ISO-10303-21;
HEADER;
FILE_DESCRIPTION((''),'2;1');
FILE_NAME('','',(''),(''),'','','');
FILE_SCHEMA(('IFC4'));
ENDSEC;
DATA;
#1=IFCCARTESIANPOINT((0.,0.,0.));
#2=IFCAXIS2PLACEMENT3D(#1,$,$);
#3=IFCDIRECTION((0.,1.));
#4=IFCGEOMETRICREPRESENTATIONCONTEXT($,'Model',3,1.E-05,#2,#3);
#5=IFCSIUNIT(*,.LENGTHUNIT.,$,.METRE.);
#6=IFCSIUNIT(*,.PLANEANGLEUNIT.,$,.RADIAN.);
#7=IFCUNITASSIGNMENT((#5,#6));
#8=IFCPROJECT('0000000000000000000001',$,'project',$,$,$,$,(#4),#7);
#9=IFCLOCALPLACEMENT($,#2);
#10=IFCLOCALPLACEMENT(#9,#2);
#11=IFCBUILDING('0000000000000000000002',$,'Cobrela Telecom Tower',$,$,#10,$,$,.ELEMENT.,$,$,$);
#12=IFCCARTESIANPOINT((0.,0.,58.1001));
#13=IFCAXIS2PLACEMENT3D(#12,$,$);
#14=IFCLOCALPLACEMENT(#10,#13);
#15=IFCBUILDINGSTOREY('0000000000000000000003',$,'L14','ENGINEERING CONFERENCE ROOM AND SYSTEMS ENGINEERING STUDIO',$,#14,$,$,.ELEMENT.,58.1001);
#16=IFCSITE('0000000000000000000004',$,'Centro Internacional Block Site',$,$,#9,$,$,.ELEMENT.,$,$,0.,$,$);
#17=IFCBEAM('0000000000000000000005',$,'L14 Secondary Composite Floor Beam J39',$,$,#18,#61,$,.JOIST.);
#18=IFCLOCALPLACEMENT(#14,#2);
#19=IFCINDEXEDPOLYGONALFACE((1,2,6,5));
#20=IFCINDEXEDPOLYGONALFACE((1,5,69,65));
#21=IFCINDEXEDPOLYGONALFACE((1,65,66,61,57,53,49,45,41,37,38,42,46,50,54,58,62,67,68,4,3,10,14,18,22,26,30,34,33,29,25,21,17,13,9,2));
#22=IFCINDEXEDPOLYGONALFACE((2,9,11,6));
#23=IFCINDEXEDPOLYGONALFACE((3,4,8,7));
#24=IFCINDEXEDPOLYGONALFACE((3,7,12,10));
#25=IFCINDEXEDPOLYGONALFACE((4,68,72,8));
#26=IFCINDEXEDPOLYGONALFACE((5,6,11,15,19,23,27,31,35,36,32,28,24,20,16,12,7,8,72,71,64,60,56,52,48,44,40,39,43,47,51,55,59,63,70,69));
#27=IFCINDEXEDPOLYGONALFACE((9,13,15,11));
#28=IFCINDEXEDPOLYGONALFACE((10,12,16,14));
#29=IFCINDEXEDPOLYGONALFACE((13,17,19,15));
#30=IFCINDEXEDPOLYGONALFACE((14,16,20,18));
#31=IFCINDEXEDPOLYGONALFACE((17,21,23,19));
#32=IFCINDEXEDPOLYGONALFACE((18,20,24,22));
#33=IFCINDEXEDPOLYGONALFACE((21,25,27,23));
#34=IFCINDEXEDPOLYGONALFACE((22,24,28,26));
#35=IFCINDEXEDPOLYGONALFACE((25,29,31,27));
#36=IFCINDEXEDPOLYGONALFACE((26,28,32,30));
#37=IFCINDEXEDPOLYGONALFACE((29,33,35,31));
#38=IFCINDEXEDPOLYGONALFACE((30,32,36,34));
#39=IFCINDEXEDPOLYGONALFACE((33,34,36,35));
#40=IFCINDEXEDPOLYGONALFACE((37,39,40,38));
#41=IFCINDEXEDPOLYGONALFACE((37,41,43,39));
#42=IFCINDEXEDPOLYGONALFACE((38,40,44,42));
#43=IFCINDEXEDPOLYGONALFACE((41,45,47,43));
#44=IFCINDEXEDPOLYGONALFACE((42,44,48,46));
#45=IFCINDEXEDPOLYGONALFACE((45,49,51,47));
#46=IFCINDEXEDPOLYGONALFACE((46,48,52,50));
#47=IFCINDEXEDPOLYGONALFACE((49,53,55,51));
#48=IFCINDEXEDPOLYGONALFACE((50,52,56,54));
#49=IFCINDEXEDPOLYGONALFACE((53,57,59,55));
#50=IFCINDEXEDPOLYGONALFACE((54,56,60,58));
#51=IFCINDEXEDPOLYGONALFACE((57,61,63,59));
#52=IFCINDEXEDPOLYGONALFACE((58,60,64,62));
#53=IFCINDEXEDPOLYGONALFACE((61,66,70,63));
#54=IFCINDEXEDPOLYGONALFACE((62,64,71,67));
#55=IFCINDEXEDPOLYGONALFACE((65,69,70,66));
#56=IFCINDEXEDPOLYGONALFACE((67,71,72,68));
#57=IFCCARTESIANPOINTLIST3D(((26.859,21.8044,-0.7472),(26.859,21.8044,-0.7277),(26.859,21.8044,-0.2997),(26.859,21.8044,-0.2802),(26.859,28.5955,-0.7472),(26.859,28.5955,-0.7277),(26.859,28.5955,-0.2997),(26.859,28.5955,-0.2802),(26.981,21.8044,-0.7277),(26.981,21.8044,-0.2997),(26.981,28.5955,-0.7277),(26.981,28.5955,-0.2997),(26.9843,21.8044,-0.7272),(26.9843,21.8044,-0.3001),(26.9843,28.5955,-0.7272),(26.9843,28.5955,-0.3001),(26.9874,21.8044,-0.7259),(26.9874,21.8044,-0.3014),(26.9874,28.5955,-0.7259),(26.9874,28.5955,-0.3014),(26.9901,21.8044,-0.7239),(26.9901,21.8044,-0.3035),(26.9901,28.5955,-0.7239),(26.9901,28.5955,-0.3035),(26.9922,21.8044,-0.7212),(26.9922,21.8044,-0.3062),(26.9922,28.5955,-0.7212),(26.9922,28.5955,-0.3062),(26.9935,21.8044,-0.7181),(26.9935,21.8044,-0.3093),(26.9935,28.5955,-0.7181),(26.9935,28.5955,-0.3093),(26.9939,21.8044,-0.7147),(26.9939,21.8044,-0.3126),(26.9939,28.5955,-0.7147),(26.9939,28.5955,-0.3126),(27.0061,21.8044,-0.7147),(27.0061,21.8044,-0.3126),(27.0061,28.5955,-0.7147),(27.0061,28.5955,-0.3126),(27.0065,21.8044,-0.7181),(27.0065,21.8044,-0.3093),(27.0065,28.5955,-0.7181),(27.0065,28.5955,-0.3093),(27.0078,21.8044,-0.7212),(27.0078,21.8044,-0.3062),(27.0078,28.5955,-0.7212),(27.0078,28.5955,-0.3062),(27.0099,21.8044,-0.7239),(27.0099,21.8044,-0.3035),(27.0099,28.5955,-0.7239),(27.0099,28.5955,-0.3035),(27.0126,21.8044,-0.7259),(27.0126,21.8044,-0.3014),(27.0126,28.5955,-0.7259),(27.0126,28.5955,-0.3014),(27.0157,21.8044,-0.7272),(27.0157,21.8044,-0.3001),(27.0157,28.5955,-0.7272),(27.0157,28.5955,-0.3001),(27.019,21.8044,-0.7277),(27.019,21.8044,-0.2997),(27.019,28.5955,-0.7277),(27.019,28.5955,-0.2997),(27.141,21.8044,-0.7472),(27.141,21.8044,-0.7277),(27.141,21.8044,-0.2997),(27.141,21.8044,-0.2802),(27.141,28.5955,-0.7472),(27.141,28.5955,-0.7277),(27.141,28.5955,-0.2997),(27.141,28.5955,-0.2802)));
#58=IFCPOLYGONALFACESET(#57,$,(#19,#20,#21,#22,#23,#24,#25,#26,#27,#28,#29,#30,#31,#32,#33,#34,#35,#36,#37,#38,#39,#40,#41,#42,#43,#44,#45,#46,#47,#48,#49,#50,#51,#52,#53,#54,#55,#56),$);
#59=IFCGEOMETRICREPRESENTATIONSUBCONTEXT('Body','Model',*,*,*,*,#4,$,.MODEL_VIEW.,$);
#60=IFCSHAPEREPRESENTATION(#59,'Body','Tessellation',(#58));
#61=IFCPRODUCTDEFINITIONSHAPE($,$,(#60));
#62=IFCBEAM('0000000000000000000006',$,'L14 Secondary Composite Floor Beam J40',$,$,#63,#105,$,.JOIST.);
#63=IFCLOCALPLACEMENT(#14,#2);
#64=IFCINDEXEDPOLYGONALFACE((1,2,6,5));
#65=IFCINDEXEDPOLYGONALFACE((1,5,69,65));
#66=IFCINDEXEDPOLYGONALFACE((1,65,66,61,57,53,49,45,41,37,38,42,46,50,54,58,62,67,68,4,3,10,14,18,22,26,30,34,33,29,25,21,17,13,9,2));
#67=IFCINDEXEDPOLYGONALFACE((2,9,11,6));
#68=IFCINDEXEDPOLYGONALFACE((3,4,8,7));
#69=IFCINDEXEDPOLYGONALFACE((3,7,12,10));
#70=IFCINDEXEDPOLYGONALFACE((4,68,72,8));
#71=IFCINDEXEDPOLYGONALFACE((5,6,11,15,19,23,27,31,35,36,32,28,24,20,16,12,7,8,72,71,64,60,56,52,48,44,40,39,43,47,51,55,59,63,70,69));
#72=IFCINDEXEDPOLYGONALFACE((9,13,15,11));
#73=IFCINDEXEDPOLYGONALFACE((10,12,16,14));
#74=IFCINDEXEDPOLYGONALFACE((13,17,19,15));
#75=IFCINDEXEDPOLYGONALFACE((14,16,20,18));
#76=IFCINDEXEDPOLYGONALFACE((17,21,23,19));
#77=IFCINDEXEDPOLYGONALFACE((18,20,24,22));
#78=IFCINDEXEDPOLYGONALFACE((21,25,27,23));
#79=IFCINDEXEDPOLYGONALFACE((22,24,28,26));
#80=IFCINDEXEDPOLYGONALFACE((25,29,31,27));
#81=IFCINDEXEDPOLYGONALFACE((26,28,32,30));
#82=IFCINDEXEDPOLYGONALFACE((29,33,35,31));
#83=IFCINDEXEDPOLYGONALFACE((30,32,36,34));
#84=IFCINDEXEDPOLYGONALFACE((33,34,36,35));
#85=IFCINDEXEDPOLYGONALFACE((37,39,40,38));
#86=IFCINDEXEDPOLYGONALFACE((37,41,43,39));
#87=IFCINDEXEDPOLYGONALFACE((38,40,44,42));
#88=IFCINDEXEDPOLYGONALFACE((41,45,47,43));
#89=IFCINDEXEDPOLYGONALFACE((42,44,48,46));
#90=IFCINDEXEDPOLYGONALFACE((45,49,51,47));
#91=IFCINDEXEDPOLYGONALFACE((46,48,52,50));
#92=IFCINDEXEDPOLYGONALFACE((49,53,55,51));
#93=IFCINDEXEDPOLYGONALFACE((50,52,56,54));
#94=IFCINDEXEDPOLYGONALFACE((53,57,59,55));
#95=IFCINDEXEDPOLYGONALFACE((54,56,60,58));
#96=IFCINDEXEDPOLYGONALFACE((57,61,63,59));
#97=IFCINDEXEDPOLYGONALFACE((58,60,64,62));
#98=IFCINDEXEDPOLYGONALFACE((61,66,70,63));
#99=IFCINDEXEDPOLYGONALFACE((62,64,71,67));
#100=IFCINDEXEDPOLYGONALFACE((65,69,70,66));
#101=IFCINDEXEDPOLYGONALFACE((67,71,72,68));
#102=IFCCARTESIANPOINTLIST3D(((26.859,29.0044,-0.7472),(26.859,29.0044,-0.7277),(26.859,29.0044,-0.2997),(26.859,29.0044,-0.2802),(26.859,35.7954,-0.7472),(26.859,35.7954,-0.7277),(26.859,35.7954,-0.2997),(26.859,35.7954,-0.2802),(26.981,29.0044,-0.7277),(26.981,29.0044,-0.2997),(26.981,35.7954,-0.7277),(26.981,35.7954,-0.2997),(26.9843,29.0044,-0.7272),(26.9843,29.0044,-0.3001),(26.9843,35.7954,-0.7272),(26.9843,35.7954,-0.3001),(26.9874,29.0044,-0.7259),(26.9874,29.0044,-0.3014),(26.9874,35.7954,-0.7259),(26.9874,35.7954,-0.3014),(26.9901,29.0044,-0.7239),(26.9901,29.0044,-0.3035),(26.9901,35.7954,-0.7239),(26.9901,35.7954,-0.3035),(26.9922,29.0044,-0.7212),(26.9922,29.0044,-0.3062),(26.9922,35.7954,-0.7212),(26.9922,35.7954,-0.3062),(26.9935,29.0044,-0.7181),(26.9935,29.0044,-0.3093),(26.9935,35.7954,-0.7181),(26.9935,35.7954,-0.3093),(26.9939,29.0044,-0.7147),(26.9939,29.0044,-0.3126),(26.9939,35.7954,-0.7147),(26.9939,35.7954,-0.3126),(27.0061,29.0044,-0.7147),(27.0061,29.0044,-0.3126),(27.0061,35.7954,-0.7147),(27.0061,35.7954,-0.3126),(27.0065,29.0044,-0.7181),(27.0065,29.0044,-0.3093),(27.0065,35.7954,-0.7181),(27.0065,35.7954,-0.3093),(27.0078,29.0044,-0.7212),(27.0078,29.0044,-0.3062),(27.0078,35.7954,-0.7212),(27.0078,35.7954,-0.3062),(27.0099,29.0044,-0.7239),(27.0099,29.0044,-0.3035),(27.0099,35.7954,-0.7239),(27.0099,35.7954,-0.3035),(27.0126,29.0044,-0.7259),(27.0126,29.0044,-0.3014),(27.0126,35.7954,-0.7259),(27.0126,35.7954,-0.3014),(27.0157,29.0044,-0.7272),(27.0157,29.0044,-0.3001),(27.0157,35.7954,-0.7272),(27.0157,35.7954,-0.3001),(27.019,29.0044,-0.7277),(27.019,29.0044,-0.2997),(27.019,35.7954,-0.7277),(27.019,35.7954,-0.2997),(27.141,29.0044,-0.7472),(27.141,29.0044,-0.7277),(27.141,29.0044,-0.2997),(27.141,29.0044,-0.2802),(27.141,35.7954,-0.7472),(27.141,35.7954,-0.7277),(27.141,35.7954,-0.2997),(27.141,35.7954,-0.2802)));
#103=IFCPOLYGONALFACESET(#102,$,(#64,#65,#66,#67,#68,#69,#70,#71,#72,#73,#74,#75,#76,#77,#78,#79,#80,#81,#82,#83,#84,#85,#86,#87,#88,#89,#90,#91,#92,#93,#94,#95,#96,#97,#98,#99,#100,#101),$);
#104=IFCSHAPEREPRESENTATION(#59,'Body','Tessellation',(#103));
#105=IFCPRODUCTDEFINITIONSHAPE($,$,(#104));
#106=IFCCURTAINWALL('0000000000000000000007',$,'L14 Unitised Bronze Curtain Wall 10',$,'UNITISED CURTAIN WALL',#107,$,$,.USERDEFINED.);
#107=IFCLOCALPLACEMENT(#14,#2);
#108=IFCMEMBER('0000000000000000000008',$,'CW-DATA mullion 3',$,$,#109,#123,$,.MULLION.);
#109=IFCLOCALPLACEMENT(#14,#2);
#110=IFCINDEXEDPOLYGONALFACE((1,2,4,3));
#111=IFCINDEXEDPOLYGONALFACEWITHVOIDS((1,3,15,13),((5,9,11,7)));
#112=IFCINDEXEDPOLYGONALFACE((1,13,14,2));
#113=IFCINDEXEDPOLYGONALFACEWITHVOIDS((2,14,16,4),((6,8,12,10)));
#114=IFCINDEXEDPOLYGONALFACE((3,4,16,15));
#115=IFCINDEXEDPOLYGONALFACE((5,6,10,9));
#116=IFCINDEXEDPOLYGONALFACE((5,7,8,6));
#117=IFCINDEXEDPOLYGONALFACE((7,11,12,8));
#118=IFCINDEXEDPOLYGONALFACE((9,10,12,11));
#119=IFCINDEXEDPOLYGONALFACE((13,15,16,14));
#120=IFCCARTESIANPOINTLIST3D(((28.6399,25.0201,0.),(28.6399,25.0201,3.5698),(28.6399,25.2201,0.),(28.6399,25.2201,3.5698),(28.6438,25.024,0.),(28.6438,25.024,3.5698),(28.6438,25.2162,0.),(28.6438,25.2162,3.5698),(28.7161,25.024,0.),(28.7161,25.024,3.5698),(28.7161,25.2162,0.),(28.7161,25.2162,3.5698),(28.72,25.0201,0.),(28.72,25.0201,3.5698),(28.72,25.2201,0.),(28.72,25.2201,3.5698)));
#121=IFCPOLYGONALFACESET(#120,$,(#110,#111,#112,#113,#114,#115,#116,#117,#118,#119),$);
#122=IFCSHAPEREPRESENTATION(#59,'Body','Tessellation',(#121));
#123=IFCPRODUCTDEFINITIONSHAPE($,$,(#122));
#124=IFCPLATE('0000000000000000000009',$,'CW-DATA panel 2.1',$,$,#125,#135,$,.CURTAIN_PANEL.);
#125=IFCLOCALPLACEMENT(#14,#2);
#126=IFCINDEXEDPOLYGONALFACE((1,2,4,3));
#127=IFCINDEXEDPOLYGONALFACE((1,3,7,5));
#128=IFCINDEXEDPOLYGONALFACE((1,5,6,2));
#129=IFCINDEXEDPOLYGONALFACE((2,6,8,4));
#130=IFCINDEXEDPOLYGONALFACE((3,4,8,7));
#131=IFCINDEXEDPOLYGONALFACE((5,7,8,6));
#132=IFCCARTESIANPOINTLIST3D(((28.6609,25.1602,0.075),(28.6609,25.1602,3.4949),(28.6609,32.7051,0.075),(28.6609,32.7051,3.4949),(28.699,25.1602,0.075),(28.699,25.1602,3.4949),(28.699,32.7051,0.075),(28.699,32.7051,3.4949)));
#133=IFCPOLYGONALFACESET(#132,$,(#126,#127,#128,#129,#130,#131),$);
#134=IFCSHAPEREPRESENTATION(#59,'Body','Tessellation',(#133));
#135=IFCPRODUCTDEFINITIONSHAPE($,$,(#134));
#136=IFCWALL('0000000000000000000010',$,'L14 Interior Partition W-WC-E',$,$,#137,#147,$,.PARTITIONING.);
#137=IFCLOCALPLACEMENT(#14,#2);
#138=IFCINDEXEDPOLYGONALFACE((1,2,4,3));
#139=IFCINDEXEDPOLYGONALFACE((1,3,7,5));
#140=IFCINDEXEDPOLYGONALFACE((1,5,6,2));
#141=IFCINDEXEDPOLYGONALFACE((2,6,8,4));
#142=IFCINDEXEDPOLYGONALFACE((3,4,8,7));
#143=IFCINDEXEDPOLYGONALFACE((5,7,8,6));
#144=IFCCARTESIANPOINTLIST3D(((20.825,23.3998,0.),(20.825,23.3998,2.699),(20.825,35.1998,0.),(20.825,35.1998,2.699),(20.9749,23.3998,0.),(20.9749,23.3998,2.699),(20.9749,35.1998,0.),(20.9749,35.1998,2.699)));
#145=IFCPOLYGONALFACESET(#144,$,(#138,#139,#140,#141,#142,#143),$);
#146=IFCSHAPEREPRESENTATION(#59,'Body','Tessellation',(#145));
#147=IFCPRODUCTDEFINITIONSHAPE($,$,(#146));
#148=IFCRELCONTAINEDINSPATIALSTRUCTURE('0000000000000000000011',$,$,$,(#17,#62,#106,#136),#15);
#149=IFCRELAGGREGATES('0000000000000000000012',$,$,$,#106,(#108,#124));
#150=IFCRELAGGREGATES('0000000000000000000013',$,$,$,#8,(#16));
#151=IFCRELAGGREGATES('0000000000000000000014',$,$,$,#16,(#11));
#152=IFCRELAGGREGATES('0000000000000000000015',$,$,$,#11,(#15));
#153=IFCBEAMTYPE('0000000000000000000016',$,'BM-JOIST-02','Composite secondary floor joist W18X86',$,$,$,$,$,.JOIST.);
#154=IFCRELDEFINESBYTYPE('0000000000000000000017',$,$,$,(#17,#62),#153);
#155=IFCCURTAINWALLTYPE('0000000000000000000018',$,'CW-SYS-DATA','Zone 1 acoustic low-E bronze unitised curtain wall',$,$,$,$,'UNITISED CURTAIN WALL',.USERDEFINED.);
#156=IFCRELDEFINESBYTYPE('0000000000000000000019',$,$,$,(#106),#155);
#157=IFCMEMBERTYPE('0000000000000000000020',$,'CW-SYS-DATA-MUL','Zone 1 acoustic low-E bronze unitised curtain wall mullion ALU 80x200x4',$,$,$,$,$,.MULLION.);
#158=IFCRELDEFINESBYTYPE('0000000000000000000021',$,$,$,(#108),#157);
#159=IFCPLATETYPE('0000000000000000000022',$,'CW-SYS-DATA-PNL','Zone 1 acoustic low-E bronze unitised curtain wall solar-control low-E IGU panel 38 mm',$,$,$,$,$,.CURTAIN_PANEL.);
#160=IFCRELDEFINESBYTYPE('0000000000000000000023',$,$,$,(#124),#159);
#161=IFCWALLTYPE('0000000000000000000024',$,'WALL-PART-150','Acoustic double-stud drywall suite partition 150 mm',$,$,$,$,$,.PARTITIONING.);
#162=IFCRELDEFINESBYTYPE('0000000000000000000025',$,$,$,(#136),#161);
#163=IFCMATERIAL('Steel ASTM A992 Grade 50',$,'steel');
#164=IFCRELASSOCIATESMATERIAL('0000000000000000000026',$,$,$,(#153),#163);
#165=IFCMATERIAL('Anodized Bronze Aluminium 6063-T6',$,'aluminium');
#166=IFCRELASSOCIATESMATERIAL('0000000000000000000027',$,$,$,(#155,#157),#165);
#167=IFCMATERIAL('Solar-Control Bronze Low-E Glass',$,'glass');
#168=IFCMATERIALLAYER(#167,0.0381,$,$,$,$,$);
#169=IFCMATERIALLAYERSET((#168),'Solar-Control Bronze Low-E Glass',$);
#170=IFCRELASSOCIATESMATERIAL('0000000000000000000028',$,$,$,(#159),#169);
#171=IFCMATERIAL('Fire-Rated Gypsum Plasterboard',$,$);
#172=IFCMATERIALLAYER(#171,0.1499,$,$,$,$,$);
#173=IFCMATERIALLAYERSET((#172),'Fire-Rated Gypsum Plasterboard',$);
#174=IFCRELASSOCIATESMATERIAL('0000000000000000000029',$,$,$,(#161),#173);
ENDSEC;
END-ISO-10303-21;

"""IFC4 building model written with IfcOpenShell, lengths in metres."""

from ifc_helpers import new_model, si_unit, direction, frame, frame_2d, origin, origin_2d, place, context, subcontext, project, spatial, rectangle, hollow_rectangle, i_section, extrude, material, layer, layer_set, material_profile, profile_set, type_object, element, aggregate, save


model = new_model("IFC4")

# Units and contexts
model_context = context("Model", 3, precision=1e-05, world=origin(), true_north=direction((0.0, 1.0)))
body_context = subcontext(model_context, "Body", "Model", "MODEL_VIEW")
ifc_project = project(units=[si_unit("LENGTHUNIT", "METRE"), si_unit("PLANEANGLEUNIT", "RADIAN")], contexts=[model_context])

# Site, building, storey
site_placement = place(None, origin())
site = spatial("IfcSite", under=ifc_project, at=site_placement, Name="Centro Internacional Block Site", CompositionType="ELEMENT", RefElevation=0.0)
building_placement = place(site_placement, origin())
building = spatial("IfcBuilding", under=site, at=building_placement, Name="Cobrela Telecom Tower", CompositionType="ELEMENT")
storey_placement = place(building_placement, frame((0.0, 0.0, 58.1001)))
storey = spatial("IfcBuildingStorey", under=building, at=storey_placement, Name="L14", Description="ENGINEERING CONFERENCE ROOM AND SYSTEMS ENGINEERING STUDIO", CompositionType="ELEMENT", Elevation=58.1001)

# Shared definitions
ifc_material_1 = material(Name="Steel ASTM A992 Grade 50", Category="steel")

# Beams
ifc_material_profile_1 = material_profile(ifc_material_1, i_section(OverallWidth=0.282, OverallDepth=0.467, WebThickness=0.0122, FlangeThickness=0.0195, FilletRadius=0.0129, at=origin_2d()), Name="W18X86")
ifc_profile_set_1 = profile_set([ifc_material_profile_1], Name="Steel ASTM A992 Grade 50")
beam_type_1 = type_object("IfcBeamType", Name="BM-JOIST-02", Description="Composite secondary floor joist W18X86", PredefinedType="JOIST", material=ifc_profile_set_1)
for number, where, z_axis, x_axis, name in (
    (1, (27.0, 21.8044, -0.5137), (0.0, 1.0, 0.0), (-1.0, 0.0, 0.0), "L14 Secondary Composite Floor Beam J39"),
    (2, (27.0, 29.0044, -0.5137), (0.0, 1.0, 0.0), (-1.0, 0.0, 0.0), "L14 Secondary Composite Floor Beam J40"),
):
    element("IfcBeam", number, at=place(storey_placement, frame(where, z_axis=z_axis, x_axis=x_axis)), inside=storey, type_object=beam_type_1, Name=name, PredefinedType="JOIST", context=body_context, shape_type="SweptSolid", body=[
        extrude(i_section(OverallWidth=0.282, OverallDepth=0.467, WebThickness=0.0122, FlangeThickness=0.0195, FilletRadius=0.0129, at=origin_2d()), origin(), (0.0, 0.0, 1.0), 6.791),
    ])

# Curtain wall, member, plate
ifc_material_2 = material(Name="Anodized Bronze Aluminium 6063-T6", Category="aluminium")
curtain_wall_type = type_object("IfcCurtainWallType", Name="CW-SYS-DATA", Description="Zone 1 acoustic low-E bronze unitised curtain wall", ElementType="UNITISED CURTAIN WALL", PredefinedType="USERDEFINED", material=ifc_material_2)
curtain_wall_placement = place(storey_placement, origin())
curtain_wall = element("IfcCurtainWall", 3, at=curtain_wall_placement, inside=storey, type_object=curtain_wall_type, Name="L14 Unitised Bronze Curtain Wall 10", ObjectType="UNITISED CURTAIN WALL", PredefinedType="USERDEFINED")
ifc_material_profile_2 = material_profile(ifc_material_2, hollow_rectangle(XDim=0.0801, YDim=0.2, WallThickness=0.0039, at=origin_2d()), Name="ALU 80x200x4")
ifc_profile_set_2 = profile_set([ifc_material_profile_2], Name="Anodized Bronze Aluminium 6063-T6")
member_type = type_object("IfcMemberType", Name="CW-SYS-DATA-MUL", Description="Zone 1 acoustic low-E bronze unitised curtain wall mullion ALU 80x200x4", PredefinedType="MULLION", material=ifc_profile_set_2)
member_placement = place(storey_placement, frame((28.6799, 25.1201, 0.0), z_axis=(0.0, 0.0, 1.0), x_axis=(1.0, 0.0, 0.0)))
member = element("IfcMember", 4, at=member_placement, type_object=member_type, Name="CW-DATA mullion 3", PredefinedType="MULLION", context=body_context, shape_type="SweptSolid", body=[
    extrude(hollow_rectangle(XDim=0.0801, YDim=0.2, WallThickness=0.0039, at=origin_2d()), origin(), (0.0, 0.0, 1.0), 3.5698),
])
ifc_material_3 = material(Name="Solar-Control Bronze Low-E Glass", Category="glass")
ifc_layer_1 = layer(ifc_material_3, 0.0381)
ifc_layer_set_1 = layer_set([ifc_layer_1], Name="Solar-Control Bronze Low-E Glass")
plate_type = type_object("IfcPlateType", Name="CW-SYS-DATA-PNL", Description="Zone 1 acoustic low-E bronze unitised curtain wall solar-control low-E IGU panel 38 mm", PredefinedType="CURTAIN_PANEL", material=ifc_layer_set_1)
plate_placement = place(storey_placement, frame((28.6799, 28.9326, 0.075), z_axis=(0.0, 0.0, 1.0), x_axis=(0.0, -1.0, 0.0)))
plate = element("IfcPlate", 5, at=plate_placement, type_object=plate_type, Name="CW-DATA panel 2.1", PredefinedType="CURTAIN_PANEL", context=body_context, shape_type="SweptSolid", body=[
    extrude(rectangle(XDim=7.5449, YDim=0.0381, at=origin_2d()), origin(), (0.0, 0.0, 1.0), 3.4199),
])
aggregate(curtain_wall, [member, plate])

# Wall
ifc_material_4 = material(Name="Fire-Rated Gypsum Plasterboard")
ifc_layer_2 = layer(ifc_material_4, 0.1499)
ifc_layer_set_2 = layer_set([ifc_layer_2], Name="Fire-Rated Gypsum Plasterboard")
wall_type = type_object("IfcWallType", Name="WALL-PART-150", Description="Acoustic double-stud drywall suite partition 150 mm", PredefinedType="PARTITIONING", material=ifc_layer_set_2)
wall_placement = place(storey_placement, frame((20.8999, 23.3999, 0.0), z_axis=(0.0, 0.0, 1.0), x_axis=(0.0, 1.0, 0.0)))
element("IfcWall", 6, at=wall_placement, inside=storey, type_object=wall_type, Name="L14 Interior Partition W-WC-E", PredefinedType="PARTITIONING", context=body_context, shape_type="SweptSolid", body=[
    extrude(rectangle(XDim=11.8, YDim=0.1499, at=frame_2d((5.8999, 0.0))), origin(), (0.0, 0.0, 1.0), 2.699),
])

save(model, "model.ifc")
